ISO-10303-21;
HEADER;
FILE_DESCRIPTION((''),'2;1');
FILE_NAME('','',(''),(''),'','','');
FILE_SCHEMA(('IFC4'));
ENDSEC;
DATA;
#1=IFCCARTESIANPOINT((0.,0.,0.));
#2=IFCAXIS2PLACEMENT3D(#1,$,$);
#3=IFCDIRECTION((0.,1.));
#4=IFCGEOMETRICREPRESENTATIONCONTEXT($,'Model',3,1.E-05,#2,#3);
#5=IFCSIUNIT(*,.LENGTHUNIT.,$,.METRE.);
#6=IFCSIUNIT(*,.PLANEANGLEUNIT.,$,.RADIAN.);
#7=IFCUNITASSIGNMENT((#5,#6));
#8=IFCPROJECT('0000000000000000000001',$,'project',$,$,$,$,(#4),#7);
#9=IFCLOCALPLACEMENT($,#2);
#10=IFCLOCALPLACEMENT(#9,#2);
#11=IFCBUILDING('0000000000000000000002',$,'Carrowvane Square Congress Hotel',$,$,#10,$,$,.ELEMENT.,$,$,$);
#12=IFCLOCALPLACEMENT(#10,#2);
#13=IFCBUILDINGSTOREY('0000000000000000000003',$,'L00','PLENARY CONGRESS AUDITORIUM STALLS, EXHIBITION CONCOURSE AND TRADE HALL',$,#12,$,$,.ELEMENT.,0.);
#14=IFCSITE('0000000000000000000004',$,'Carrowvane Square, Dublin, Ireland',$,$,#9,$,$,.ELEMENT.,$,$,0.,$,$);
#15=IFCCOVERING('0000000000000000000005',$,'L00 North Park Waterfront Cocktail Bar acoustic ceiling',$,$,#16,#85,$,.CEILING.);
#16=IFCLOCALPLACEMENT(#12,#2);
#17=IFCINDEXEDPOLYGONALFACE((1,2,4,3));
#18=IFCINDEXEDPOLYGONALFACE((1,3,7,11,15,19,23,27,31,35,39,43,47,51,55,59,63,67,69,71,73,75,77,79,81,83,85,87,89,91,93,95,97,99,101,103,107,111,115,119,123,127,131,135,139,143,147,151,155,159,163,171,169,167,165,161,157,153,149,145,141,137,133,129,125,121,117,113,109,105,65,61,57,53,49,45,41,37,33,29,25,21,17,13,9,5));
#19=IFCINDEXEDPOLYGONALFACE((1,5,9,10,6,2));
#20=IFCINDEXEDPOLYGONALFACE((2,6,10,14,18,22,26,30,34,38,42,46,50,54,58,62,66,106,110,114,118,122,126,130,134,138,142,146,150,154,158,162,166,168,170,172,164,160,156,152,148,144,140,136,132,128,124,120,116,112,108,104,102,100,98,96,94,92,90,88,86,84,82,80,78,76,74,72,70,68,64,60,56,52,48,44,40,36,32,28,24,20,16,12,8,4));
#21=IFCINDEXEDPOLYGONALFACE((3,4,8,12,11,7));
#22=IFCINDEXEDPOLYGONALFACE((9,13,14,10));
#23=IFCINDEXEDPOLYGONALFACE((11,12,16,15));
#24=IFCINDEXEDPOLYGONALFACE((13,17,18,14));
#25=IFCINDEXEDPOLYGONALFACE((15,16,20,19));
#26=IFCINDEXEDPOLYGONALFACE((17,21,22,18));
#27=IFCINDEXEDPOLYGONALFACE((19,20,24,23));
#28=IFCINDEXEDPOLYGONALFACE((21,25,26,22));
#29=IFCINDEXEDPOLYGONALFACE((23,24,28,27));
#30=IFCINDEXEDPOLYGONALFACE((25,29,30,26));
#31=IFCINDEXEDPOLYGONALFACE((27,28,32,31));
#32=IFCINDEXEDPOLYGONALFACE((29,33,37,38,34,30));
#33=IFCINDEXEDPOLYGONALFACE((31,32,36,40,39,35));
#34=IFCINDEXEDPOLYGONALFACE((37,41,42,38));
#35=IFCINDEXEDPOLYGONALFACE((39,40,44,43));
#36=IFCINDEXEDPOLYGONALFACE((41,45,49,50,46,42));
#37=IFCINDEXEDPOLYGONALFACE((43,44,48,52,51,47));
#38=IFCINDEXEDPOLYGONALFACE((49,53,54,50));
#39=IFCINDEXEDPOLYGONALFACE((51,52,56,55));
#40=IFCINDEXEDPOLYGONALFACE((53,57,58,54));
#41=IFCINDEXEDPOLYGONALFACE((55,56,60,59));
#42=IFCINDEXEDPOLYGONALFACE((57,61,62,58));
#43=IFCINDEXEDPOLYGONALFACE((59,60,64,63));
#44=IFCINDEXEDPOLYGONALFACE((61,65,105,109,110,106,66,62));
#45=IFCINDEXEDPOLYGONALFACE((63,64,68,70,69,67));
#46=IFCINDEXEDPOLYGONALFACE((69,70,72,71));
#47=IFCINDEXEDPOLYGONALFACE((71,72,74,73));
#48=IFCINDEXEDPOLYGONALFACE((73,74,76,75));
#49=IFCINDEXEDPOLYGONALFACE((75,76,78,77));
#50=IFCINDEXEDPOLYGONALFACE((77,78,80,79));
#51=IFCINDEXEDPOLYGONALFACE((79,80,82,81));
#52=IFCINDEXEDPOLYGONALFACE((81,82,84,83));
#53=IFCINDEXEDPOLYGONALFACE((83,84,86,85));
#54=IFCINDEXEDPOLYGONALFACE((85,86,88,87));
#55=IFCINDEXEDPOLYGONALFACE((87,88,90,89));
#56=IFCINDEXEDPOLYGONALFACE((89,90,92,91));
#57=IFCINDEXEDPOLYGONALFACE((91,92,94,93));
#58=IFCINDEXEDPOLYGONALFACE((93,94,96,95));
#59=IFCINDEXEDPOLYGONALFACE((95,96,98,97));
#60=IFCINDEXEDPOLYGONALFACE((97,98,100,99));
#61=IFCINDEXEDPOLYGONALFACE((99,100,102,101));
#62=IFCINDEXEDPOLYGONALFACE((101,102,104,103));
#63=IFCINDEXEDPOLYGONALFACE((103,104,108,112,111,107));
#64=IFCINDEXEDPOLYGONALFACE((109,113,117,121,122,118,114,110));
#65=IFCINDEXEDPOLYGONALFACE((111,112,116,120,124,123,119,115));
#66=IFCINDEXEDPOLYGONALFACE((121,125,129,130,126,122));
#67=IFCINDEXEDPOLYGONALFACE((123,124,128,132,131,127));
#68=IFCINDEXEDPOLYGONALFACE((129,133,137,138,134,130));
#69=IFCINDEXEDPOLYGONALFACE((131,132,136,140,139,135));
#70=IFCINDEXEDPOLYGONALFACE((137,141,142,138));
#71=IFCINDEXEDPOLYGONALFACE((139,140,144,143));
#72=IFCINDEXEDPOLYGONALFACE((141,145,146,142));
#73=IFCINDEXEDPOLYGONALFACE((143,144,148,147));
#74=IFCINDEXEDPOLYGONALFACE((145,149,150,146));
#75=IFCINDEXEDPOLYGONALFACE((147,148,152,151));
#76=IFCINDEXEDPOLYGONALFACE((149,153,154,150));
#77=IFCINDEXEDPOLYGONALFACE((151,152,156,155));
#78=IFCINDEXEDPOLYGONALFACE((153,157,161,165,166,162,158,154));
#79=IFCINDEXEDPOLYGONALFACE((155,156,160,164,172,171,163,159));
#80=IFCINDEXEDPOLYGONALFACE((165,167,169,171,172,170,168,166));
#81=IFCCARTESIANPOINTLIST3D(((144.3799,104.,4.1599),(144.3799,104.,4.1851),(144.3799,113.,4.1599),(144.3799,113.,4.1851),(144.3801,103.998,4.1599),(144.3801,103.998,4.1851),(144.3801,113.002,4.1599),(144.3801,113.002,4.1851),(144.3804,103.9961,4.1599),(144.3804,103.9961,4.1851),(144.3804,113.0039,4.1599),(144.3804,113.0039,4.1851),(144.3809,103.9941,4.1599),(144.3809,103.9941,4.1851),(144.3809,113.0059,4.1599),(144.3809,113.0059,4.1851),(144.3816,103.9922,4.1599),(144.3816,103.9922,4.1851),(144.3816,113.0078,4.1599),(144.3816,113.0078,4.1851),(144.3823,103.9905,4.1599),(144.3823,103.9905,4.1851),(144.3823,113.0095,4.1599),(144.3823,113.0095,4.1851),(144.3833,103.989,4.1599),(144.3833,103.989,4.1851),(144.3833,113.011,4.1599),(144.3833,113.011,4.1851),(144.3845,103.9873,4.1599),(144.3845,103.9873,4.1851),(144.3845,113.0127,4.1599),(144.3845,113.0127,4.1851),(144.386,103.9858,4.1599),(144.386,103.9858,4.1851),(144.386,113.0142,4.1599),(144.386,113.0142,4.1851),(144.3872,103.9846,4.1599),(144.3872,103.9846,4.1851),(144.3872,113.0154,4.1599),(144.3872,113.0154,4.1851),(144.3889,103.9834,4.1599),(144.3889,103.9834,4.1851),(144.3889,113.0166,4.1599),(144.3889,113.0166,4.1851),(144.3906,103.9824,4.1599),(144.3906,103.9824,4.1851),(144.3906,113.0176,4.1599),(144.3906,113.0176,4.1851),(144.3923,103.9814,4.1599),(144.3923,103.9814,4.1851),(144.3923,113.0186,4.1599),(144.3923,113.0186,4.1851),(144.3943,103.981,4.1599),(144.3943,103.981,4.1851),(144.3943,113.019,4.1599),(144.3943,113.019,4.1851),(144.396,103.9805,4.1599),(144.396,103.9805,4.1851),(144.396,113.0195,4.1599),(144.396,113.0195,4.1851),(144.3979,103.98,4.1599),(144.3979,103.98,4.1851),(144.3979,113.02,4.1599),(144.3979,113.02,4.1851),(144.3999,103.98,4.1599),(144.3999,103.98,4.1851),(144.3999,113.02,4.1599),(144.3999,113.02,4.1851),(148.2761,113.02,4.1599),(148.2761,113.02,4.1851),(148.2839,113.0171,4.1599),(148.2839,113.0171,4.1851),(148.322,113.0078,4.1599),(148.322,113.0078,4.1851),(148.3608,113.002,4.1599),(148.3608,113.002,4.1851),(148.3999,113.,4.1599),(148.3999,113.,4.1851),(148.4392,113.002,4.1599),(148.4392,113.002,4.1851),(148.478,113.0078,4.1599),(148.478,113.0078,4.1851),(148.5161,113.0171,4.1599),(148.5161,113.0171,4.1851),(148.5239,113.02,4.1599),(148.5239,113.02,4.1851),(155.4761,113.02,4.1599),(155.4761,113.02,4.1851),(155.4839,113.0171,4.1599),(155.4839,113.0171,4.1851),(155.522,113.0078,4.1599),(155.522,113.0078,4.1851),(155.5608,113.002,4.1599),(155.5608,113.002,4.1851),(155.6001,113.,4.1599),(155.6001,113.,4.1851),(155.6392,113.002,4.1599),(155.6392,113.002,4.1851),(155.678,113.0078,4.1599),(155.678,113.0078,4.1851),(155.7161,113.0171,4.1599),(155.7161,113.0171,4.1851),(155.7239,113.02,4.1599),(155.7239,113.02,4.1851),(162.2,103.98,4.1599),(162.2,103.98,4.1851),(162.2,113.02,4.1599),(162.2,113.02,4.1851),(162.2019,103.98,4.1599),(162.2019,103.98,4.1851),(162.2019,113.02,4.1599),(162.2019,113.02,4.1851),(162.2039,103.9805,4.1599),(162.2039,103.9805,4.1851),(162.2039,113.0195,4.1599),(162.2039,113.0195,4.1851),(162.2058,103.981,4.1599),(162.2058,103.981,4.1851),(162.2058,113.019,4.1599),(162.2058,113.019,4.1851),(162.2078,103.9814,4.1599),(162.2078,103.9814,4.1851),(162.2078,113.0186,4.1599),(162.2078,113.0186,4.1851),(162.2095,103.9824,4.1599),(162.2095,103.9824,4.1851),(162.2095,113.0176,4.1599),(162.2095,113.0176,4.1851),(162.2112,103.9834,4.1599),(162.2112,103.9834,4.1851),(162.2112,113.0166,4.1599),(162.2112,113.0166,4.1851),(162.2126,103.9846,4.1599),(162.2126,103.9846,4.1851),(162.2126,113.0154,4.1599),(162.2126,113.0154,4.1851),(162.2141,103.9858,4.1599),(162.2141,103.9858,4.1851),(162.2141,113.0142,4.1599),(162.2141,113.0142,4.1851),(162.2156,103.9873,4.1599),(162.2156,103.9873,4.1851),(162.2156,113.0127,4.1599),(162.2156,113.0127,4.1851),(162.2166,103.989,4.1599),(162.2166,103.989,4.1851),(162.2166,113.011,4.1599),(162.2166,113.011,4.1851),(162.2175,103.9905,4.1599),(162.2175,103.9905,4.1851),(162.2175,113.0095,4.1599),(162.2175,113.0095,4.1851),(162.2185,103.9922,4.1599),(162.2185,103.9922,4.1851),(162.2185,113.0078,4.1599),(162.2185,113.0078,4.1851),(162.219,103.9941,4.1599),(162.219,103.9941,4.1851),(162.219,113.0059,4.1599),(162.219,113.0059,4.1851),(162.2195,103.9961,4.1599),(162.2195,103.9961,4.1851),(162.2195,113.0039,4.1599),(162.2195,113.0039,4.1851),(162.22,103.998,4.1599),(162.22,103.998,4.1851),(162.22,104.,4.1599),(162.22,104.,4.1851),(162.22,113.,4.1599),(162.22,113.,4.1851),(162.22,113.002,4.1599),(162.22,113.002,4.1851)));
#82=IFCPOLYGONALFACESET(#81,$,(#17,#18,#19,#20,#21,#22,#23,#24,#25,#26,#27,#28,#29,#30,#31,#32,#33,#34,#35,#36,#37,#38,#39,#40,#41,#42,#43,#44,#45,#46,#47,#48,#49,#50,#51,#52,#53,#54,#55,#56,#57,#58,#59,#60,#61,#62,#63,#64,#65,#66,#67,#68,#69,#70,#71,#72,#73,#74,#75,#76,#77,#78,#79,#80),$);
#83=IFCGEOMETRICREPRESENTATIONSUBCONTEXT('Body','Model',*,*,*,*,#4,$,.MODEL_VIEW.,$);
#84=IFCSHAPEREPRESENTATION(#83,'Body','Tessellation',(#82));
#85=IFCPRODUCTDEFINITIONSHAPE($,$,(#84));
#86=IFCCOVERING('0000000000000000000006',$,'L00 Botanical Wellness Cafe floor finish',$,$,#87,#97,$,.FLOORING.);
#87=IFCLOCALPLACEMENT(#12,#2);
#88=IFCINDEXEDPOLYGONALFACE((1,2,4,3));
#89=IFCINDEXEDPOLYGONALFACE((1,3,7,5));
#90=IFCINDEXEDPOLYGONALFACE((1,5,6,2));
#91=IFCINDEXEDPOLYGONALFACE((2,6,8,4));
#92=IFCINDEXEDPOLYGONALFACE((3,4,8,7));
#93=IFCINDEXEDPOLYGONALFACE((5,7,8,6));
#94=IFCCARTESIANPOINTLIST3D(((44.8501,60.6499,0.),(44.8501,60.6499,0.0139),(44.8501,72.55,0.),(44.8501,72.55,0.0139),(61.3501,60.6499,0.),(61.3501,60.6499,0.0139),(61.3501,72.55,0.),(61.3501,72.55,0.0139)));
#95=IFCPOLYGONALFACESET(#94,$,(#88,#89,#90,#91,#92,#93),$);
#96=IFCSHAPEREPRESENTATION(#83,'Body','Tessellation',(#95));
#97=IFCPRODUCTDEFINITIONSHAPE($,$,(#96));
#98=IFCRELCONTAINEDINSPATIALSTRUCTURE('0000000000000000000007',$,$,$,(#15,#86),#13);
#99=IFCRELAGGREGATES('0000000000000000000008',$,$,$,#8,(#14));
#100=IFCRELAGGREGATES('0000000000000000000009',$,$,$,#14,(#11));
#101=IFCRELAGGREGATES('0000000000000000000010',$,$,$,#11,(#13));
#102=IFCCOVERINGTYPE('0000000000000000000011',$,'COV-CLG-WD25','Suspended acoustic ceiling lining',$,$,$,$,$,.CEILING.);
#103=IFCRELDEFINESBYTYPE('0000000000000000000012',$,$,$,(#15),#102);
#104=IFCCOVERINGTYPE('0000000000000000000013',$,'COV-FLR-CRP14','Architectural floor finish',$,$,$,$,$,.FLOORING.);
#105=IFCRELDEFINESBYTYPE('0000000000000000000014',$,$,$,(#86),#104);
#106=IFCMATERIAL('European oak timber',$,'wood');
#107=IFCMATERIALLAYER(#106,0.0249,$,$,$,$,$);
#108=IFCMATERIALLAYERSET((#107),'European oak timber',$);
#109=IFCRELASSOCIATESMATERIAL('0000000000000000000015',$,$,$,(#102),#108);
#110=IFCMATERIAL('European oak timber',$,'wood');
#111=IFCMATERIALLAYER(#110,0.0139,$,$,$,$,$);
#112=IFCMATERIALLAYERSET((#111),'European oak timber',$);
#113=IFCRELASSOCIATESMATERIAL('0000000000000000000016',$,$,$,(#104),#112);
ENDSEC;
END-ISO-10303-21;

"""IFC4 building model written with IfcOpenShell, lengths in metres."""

from ifc_helpers import new_model, si_unit, direction, frame, origin, place, context, subcontext, project, spatial, polyline, outline, extrude, material, layer, layer_set, type_object, element, save


model = new_model("IFC4")

# Units and contexts
model_context = context("Model", 3, precision=1e-05, world=origin(), true_north=direction((0.0, 1.0)))
body_context = subcontext(model_context, "Body", "Model", "MODEL_VIEW")
ifc_project = project(units=[si_unit("LENGTHUNIT", "METRE"), si_unit("PLANEANGLEUNIT", "RADIAN")], contexts=[model_context])

# Site, building, storey
site_placement = place(None, origin())
site = spatial("IfcSite", under=ifc_project, at=site_placement, Name="Carrowvane Square, Dublin, Ireland", CompositionType="ELEMENT", RefElevation=0.0)
building_placement = place(site_placement, origin())
building = spatial("IfcBuilding", under=site, at=building_placement, Name="Carrowvane Square Congress Hotel", CompositionType="ELEMENT")
storey_placement = place(building_placement, origin())
storey = spatial("IfcBuildingStorey", under=building, at=storey_placement, Name="L00", Description="PLENARY CONGRESS AUDITORIUM STALLS, EXHIBITION CONCOURSE AND TRADE HALL", CompositionType="ELEMENT", Elevation=0.0)

# Coverings
ifc_material_1 = material(Name="European oak timber", Category="wood")
ifc_layer_1 = layer(ifc_material_1, 0.0249)
ifc_layer_set_1 = layer_set([ifc_layer_1], Name="European oak timber")
covering_type_1 = type_object("IfcCoveringType", Name="COV-CLG-WD25", Description="Suspended acoustic ceiling lining", PredefinedType="CEILING", material=ifc_layer_set_1)
covering_1_placement = place(storey_placement, frame((0.0, 0.0, 4.1599)))
element("IfcCovering", 1, at=covering_1_placement, inside=storey, type_object=covering_type_1, Name="L00 North Park Waterfront Cocktail Bar acoustic ceiling", PredefinedType="CEILING", context=body_context, shape_type="SweptSolid", body=[
    extrude(outline(polyline([(144.3816, 103.9922), (144.3809, 103.9941), (144.3804, 103.9961), (144.3801, 103.998), (144.3799, 104.0), (144.3799, 113.0), (144.3801, 113.002), (144.3804, 113.0039), (144.3809, 113.0059), (144.3816, 113.0078), (144.3823, 113.0095), (144.3833, 113.011), (144.3845, 113.0127), (144.386, 113.0142), (144.3872, 113.0154), (144.3889, 113.0166), (144.3906, 113.0176), (144.3923, 113.0186), (144.3943, 113.019), (144.396, 113.0195), (144.3979, 113.02), (144.3999, 113.02), (148.2761, 113.02), (148.2839, 113.0171), (148.322, 113.0078), (148.3608, 113.002), (148.3999, 113.0), (148.4392, 113.002), (148.478, 113.0078), (148.5161, 113.0171), (148.5239, 113.02), (155.4761, 113.02), (155.4839, 113.0171), (155.522, 113.0078), (155.5608, 113.002), (155.6001, 113.0), (155.6392, 113.002), (155.678, 113.0078), (155.7161, 113.0171), (155.7239, 113.02), (162.2, 113.02), (162.2019, 113.02), (162.2039, 113.0195), (162.2058, 113.019), (162.2078, 113.0186), (162.2095, 113.0176), (162.2112, 113.0166), (162.2126, 113.0154), (162.2141, 113.0142), (162.2156, 113.0127), (162.2166, 113.011), (162.2175, 113.0095), (162.2185, 113.0078), (162.219, 113.0059), (162.2195, 113.0039), (162.22, 113.002), (162.22, 113.0), (162.22, 104.0), (162.22, 103.998), (162.2195, 103.9961), (162.219, 103.9941), (162.2185, 103.9922), (162.2175, 103.9905), (162.2166, 103.989), (162.2156, 103.9873), (162.2141, 103.9858), (162.2126, 103.9846), (162.2112, 103.9834), (162.2095, 103.9824), (162.2078, 103.9814), (162.2058, 103.981), (162.2039, 103.9805), (162.2019, 103.98), (162.2, 103.98), (144.3999, 103.98), (144.3979, 103.98), (144.396, 103.9805), (144.3943, 103.981), (144.3923, 103.9814), (144.3906, 103.9824), (144.3889, 103.9834), (144.3872, 103.9846), (144.386, 103.9858), (144.3845, 103.9873), (144.3833, 103.989), (144.3823, 103.9905), (144.3816, 103.9922)])), origin(), (0.0, 0.0, 1.0), 0.0251),
])
ifc_material_2 = material(Name="European oak timber", Category="wood")
ifc_layer_2 = layer(ifc_material_2, 0.0139)
ifc_layer_set_2 = layer_set([ifc_layer_2], Name="European oak timber")
covering_type_2 = type_object("IfcCoveringType", Name="COV-FLR-CRP14", Description="Architectural floor finish", PredefinedType="FLOORING", material=ifc_layer_set_2)
covering_2_placement = place(storey_placement, origin())
element("IfcCovering", 2, at=covering_2_placement, inside=storey, type_object=covering_type_2, Name="L00 Botanical Wellness Cafe floor finish", PredefinedType="FLOORING", context=body_context, shape_type="SweptSolid", body=[
    extrude(outline(polyline([(61.3501, 72.55), (61.3501, 60.6499), (44.8501, 60.6499), (44.8501, 72.55), (61.3501, 72.55)])), origin(), (0.0, 0.0, 1.0), 0.0139),
])

save(model, "model.ifc")
